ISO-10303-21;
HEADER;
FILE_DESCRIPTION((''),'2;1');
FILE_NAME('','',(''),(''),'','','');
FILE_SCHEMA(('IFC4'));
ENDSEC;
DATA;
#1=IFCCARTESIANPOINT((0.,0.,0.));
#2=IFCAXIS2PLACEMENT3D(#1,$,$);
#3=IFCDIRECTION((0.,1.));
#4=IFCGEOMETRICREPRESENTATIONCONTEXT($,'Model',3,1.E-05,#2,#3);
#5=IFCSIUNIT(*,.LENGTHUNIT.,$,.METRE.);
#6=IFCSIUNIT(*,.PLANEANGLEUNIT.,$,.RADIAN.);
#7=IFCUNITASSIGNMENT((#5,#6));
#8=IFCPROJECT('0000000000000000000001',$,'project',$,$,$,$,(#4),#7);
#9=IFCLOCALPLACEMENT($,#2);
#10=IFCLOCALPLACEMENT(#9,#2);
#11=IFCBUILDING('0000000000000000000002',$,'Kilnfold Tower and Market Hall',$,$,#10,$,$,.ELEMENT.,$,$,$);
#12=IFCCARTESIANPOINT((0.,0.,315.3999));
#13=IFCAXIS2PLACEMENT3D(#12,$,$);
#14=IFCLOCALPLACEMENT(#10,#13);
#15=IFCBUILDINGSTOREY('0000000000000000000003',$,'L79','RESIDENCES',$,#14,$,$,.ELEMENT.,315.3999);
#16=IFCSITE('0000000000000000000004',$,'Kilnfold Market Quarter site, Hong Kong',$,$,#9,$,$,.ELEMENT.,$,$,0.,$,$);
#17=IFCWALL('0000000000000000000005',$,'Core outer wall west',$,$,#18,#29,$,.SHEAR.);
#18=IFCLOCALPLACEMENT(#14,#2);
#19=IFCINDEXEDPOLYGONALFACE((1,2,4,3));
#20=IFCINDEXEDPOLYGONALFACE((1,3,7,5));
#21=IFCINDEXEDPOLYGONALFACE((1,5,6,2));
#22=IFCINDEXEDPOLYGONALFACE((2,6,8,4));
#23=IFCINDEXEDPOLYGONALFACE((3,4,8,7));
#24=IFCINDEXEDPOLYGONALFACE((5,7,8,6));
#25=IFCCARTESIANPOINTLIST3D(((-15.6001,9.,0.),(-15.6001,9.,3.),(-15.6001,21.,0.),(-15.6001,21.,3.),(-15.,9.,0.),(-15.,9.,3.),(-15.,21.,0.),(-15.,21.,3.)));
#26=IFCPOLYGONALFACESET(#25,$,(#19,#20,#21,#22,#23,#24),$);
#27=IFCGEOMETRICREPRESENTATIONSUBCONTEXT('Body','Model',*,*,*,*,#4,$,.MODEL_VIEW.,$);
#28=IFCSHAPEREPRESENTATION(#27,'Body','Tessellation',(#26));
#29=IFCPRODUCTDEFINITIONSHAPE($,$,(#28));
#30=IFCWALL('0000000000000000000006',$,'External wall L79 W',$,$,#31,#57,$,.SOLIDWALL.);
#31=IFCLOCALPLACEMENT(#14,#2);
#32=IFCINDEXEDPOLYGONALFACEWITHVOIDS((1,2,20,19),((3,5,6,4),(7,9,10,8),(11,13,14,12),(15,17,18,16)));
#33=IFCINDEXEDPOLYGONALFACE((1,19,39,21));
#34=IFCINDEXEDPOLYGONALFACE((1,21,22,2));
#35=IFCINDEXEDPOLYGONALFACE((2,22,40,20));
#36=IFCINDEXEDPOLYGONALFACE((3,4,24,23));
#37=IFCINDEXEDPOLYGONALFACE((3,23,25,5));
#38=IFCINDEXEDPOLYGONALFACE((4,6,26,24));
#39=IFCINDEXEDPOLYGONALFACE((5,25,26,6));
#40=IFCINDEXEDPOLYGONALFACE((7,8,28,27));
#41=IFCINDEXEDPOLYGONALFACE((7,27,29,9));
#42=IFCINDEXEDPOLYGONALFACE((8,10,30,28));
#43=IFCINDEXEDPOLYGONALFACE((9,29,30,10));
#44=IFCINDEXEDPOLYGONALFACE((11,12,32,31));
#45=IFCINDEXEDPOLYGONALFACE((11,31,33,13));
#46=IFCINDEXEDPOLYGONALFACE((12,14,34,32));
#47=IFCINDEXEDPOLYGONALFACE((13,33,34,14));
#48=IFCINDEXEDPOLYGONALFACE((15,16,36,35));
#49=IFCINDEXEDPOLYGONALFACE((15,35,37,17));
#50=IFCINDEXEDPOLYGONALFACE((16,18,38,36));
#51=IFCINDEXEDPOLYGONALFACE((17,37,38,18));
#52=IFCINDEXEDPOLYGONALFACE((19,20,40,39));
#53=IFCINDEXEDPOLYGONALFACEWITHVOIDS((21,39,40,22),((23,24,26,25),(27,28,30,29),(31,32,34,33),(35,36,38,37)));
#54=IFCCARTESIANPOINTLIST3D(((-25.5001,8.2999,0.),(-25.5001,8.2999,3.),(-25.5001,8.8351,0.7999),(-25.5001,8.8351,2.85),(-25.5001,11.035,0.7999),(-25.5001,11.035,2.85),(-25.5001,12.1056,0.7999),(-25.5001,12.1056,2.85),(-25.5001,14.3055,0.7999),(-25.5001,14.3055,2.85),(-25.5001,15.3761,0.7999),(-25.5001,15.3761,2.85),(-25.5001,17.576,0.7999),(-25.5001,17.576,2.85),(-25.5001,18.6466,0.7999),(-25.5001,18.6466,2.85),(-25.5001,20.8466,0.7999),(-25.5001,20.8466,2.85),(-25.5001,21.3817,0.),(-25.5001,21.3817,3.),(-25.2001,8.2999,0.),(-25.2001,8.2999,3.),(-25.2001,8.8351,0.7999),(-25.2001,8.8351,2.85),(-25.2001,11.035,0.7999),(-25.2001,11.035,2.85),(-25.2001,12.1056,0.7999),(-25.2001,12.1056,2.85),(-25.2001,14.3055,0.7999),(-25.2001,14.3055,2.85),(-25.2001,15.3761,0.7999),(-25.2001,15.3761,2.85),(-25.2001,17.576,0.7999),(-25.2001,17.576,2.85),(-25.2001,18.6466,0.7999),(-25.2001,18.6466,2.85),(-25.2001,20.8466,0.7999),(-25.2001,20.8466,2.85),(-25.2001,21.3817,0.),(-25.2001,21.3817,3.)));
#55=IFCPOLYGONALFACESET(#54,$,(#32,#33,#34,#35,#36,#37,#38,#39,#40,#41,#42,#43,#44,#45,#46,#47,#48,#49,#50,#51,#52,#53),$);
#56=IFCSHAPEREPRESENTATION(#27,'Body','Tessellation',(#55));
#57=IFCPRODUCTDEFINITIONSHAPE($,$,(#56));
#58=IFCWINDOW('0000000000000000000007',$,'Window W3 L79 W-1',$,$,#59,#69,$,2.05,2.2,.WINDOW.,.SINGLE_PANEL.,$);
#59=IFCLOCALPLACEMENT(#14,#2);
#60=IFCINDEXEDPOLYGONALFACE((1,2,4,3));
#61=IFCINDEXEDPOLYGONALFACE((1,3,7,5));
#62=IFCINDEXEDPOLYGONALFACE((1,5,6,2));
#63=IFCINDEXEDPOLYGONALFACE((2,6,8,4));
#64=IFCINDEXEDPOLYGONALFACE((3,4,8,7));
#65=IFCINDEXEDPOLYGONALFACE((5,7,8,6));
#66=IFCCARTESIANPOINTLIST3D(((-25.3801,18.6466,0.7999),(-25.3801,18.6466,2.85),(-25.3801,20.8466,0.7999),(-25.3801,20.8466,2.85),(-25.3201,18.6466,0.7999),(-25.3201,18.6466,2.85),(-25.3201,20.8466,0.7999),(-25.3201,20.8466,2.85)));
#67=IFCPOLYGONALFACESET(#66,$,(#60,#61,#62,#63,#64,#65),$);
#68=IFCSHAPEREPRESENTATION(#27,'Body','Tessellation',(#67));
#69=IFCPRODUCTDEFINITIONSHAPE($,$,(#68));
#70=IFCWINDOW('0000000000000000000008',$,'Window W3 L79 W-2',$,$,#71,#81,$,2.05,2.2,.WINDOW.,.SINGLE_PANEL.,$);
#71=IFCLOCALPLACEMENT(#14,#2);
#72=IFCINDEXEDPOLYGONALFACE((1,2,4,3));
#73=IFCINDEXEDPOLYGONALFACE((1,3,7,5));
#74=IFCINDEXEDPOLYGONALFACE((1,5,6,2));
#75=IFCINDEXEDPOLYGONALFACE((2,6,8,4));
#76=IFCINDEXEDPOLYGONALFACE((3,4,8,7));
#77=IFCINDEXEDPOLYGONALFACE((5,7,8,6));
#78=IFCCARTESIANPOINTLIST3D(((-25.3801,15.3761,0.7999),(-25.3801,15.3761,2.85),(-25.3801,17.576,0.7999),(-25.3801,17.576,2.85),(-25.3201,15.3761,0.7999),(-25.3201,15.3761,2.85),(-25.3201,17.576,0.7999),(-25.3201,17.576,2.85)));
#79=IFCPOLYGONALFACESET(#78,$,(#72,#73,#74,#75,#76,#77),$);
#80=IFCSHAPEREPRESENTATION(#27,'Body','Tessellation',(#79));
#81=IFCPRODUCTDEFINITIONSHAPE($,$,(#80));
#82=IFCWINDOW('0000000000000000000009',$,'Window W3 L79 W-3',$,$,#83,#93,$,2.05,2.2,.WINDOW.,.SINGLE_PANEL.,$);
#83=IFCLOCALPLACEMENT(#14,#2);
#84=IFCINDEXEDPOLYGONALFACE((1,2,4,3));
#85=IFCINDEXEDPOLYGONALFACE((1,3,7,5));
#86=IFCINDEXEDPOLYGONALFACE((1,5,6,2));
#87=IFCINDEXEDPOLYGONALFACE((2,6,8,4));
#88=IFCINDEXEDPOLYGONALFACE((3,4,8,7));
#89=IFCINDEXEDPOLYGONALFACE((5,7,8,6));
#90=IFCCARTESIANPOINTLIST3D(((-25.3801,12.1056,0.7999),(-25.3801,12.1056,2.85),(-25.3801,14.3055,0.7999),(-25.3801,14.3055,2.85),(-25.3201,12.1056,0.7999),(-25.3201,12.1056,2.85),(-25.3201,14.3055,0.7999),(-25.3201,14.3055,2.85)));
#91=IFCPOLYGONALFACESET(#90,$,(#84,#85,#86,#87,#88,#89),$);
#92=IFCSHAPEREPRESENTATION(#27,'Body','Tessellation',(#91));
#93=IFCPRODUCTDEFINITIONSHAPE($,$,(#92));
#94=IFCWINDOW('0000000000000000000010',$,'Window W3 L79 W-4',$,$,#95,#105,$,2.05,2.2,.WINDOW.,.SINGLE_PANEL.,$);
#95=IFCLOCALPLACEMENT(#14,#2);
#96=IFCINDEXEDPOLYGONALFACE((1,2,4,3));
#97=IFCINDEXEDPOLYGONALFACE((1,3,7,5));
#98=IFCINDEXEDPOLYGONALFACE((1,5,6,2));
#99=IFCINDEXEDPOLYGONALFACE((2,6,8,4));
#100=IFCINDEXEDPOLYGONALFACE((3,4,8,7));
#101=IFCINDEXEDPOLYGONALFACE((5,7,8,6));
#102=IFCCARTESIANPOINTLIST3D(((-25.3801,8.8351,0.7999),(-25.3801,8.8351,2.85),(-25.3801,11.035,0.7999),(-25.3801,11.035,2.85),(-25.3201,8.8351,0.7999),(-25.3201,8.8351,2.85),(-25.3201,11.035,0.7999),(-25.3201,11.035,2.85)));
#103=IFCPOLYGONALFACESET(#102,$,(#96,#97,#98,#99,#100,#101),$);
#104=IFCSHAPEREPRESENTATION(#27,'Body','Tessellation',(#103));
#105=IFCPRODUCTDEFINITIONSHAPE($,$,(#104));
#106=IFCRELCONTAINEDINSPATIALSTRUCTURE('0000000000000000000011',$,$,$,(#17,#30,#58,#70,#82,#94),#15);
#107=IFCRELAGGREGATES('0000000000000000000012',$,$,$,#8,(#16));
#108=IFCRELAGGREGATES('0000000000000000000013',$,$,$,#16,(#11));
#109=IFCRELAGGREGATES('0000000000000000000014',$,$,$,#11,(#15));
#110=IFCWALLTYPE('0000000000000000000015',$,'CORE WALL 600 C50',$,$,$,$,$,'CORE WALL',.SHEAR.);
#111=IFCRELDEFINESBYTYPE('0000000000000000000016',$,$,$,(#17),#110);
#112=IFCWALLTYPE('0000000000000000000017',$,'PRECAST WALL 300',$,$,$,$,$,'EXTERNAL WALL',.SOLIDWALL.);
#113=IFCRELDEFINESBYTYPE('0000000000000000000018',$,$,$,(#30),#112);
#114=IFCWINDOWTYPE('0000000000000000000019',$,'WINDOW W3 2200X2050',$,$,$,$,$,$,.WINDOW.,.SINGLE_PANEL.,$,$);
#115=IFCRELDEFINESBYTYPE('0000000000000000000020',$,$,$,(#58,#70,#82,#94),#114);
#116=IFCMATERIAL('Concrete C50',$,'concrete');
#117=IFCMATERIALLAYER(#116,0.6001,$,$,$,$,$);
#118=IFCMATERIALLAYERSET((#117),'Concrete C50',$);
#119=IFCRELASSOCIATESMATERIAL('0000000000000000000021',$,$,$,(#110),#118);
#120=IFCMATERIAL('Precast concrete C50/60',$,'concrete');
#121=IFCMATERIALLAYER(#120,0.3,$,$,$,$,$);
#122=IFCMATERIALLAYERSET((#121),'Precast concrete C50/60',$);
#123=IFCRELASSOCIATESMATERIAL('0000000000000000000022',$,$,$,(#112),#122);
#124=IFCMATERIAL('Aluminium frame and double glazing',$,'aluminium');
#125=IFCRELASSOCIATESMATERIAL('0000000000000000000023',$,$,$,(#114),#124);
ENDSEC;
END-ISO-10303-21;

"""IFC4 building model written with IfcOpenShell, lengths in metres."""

from ifc_helpers import new_model, si_unit, direction, frame, frame_2d, origin, place, context, subcontext, project, spatial, rectangle, extrude, source, transform, mapped, material, layer, layer_set, type_object, element, fill, save


model = new_model("IFC4")

# Units and contexts
model_context = context("Model", 3, precision=1e-05, world=origin(), true_north=direction((0.0, 1.0)))
body_context = subcontext(model_context, "Body", "Model", "MODEL_VIEW")
ifc_project = project(units=[si_unit("LENGTHUNIT", "METRE"), si_unit("PLANEANGLEUNIT", "RADIAN")], contexts=[model_context])

# Site, building, storey
site_placement = place(None, origin())
site = spatial("IfcSite", under=ifc_project, at=site_placement, Name="Kilnfold Market Quarter site, Hong Kong", CompositionType="ELEMENT", RefElevation=0.0)
building_placement = place(site_placement, origin())
building = spatial("IfcBuilding", under=site, at=building_placement, Name="Kilnfold Tower and Market Hall", CompositionType="ELEMENT")
storey_placement = place(building_placement, frame((0.0, 0.0, 315.3999)))
storey = spatial("IfcBuildingStorey", under=building, at=storey_placement, Name="L79", Description="RESIDENCES", CompositionType="ELEMENT", Elevation=315.3999)

# Shared definitions
ifc_material_1 = material(Name="Concrete C50", Category="concrete")
ifc_layer_1 = layer(ifc_material_1, 0.6001)
ifc_layer_set_1 = layer_set([ifc_layer_1], Name="Concrete C50")
wall_type_1 = type_object("IfcWallType", Name="CORE WALL 600 C50", ElementType="CORE WALL", PredefinedType="SHEAR", material=ifc_layer_set_1)

# Wall
shared_shape_1 = source(origin(), body_context, "Body", "SweptSolid", [
    extrude(rectangle(XDim=12.0, YDim=0.6001, at=frame_2d((6.0, 0.0))), origin(), (0.0, 0.0, 1.0), 3.0),
])
wall_1_placement = place(storey_placement, frame((-15.3, 9.0, 0.0), z_axis=(0.0, 0.0, 1.0), x_axis=(0.0, 1.0, 0.0)))
element("IfcWall", 1, at=wall_1_placement, inside=storey, type_object=wall_type_1, Name="Core outer wall west", PredefinedType="SHEAR", context=body_context, shape_type="MappedRepresentation", body=[
    mapped(shared_shape_1, transform((0.0, 0.0, 0.0))),
])

# Wall, openings, windows
ifc_material_2 = material(Name="Precast concrete C50/60", Category="concrete")
ifc_layer_2 = layer(ifc_material_2, 0.3)
ifc_layer_set_2 = layer_set([ifc_layer_2], Name="Precast concrete C50/60")
wall_type_2 = type_object("IfcWallType", Name="PRECAST WALL 300", ElementType="EXTERNAL WALL", PredefinedType="SOLIDWALL", material=ifc_layer_set_2)
shared_shape_2 = source(origin(), body_context, "Body", "SweptSolid", [
    extrude(rectangle(XDim=13.0818, YDim=0.3, at=frame_2d((6.541, 0.0))), origin(), (0.0, 0.0, 1.0), 3.0),
])
wall_2_placement = place(storey_placement, frame((-25.3501, 21.3818, 0.0), z_axis=(0.0, 0.0, 1.0), x_axis=(0.0, -1.0, 0.0)))
wall_2 = element("IfcWall", 2, at=wall_2_placement, inside=storey, type_object=wall_type_2, Name="External wall L79 W", PredefinedType="SOLIDWALL", context=body_context, shape_type="MappedRepresentation", body=[
    mapped(shared_shape_2, transform((0.0, 0.0, 0.0))),
])
opening_1_placement = place(wall_2_placement, frame((0.5352, 0.0, 0.8)))
opening_1 = element("IfcOpeningElement", 3, at=opening_1_placement, cuts=wall_2, PredefinedType="OPENING", context=body_context, shape_type="SweptSolid", body=[
    extrude(rectangle(XDim=2.2, YDim=2.05, at=frame_2d((1.1001, 1.0249))), frame((0.0, 0.1602, 0.0), z_axis=(0.0, -1.0, 0.0), x_axis=(1.0, 0.0, 0.0)), (0.0, 0.0, 1.0), 0.3201),
])
opening_2_placement = place(wall_2_placement, frame((3.8057, 0.0, 0.8)))
opening_2 = element("IfcOpeningElement", 4, at=opening_2_placement, cuts=wall_2, PredefinedType="OPENING", context=body_context, shape_type="SweptSolid", body=[
    extrude(rectangle(XDim=2.2, YDim=2.05, at=frame_2d((1.1001, 1.0249))), frame((0.0, 0.1602, 0.0), z_axis=(0.0, -1.0, 0.0), x_axis=(1.0, 0.0, 0.0)), (0.0, 0.0, 1.0), 0.3201),
])
opening_3_placement = place(wall_2_placement, frame((7.0762, 0.0, 0.8)))
opening_3 = element("IfcOpeningElement", 5, at=opening_3_placement, cuts=wall_2, PredefinedType="OPENING", context=body_context, shape_type="SweptSolid", body=[
    extrude(rectangle(XDim=2.2, YDim=2.05, at=frame_2d((1.1001, 1.0249))), frame((0.0, 0.1602, 0.0), z_axis=(0.0, -1.0, 0.0), x_axis=(1.0, 0.0, 0.0)), (0.0, 0.0, 1.0), 0.3201),
])
opening_4_placement = place(wall_2_placement, frame((10.3467, 0.0, 0.8)))
opening_4 = element("IfcOpeningElement", 6, at=opening_4_placement, cuts=wall_2, PredefinedType="OPENING", context=body_context, shape_type="SweptSolid", body=[
    extrude(rectangle(XDim=2.2, YDim=2.05, at=frame_2d((1.1001, 1.0249))), frame((0.0, 0.1602, 0.0), z_axis=(0.0, -1.0, 0.0), x_axis=(1.0, 0.0, 0.0)), (0.0, 0.0, 1.0), 0.3201),
])
ifc_material_3 = material(Name="Aluminium frame and double glazing", Category="aluminium")
window_type = type_object("IfcWindowType", Name="WINDOW W3 2200X2050", PartitioningType="SINGLE_PANEL", PredefinedType="WINDOW", material=ifc_material_3)
window_1_placement = place(opening_1_placement, origin())
window_1 = element("IfcWindow", 7, at=window_1_placement, inside=storey, type_object=window_type, Name="Window W3 L79 W-1", OverallHeight=2.05, OverallWidth=2.2, PartitioningType="SINGLE_PANEL", PredefinedType="WINDOW", context=body_context, shape_type="SweptSolid", body=[
    extrude(rectangle(XDim=2.2, YDim=2.05, at=frame_2d((1.1001, 1.0249))), frame((0.0, 0.03, 0.0), z_axis=(0.0, -1.0, 0.0), x_axis=(1.0, 0.0, 0.0)), (0.0, 0.0, 1.0), 0.0601),
])
fill(opening_1, window_1)
window_2_placement = place(opening_2_placement, origin())
window_2 = element("IfcWindow", 8, at=window_2_placement, inside=storey, type_object=window_type, Name="Window W3 L79 W-2", OverallHeight=2.05, OverallWidth=2.2, PartitioningType="SINGLE_PANEL", PredefinedType="WINDOW", context=body_context, shape_type="SweptSolid", body=[
    extrude(rectangle(XDim=2.2, YDim=2.05, at=frame_2d((1.1001, 1.0249))), frame((0.0, 0.03, 0.0), z_axis=(0.0, -1.0, 0.0), x_axis=(1.0, 0.0, 0.0)), (0.0, 0.0, 1.0), 0.0601),
])
fill(opening_2, window_2)
window_3_placement = place(opening_3_placement, origin())
window_3 = element("IfcWindow", 9, at=window_3_placement, inside=storey, type_object=window_type, Name="Window W3 L79 W-3", OverallHeight=2.05, OverallWidth=2.2, PartitioningType="SINGLE_PANEL", PredefinedType="WINDOW", context=body_context, shape_type="SweptSolid", body=[
    extrude(rectangle(XDim=2.2, YDim=2.05, at=frame_2d((1.1001, 1.0249))), frame((0.0, 0.03, 0.0), z_axis=(0.0, -1.0, 0.0), x_axis=(1.0, 0.0, 0.0)), (0.0, 0.0, 1.0), 0.0601),
])
fill(opening_3, window_3)
window_4_placement = place(opening_4_placement, origin())
window_4 = element("IfcWindow", 10, at=window_4_placement, inside=storey, type_object=window_type, Name="Window W3 L79 W-4", OverallHeight=2.05, OverallWidth=2.2, PartitioningType="SINGLE_PANEL", PredefinedType="WINDOW", context=body_context, shape_type="SweptSolid", body=[
    extrude(rectangle(XDim=2.2, YDim=2.05, at=frame_2d((1.1001, 1.0249))), frame((0.0, 0.03, 0.0), z_axis=(0.0, -1.0, 0.0), x_axis=(1.0, 0.0, 0.0)), (0.0, 0.0, 1.0), 0.0601),
])
fill(opening_4, window_4)

save(model, "model.ifc")
